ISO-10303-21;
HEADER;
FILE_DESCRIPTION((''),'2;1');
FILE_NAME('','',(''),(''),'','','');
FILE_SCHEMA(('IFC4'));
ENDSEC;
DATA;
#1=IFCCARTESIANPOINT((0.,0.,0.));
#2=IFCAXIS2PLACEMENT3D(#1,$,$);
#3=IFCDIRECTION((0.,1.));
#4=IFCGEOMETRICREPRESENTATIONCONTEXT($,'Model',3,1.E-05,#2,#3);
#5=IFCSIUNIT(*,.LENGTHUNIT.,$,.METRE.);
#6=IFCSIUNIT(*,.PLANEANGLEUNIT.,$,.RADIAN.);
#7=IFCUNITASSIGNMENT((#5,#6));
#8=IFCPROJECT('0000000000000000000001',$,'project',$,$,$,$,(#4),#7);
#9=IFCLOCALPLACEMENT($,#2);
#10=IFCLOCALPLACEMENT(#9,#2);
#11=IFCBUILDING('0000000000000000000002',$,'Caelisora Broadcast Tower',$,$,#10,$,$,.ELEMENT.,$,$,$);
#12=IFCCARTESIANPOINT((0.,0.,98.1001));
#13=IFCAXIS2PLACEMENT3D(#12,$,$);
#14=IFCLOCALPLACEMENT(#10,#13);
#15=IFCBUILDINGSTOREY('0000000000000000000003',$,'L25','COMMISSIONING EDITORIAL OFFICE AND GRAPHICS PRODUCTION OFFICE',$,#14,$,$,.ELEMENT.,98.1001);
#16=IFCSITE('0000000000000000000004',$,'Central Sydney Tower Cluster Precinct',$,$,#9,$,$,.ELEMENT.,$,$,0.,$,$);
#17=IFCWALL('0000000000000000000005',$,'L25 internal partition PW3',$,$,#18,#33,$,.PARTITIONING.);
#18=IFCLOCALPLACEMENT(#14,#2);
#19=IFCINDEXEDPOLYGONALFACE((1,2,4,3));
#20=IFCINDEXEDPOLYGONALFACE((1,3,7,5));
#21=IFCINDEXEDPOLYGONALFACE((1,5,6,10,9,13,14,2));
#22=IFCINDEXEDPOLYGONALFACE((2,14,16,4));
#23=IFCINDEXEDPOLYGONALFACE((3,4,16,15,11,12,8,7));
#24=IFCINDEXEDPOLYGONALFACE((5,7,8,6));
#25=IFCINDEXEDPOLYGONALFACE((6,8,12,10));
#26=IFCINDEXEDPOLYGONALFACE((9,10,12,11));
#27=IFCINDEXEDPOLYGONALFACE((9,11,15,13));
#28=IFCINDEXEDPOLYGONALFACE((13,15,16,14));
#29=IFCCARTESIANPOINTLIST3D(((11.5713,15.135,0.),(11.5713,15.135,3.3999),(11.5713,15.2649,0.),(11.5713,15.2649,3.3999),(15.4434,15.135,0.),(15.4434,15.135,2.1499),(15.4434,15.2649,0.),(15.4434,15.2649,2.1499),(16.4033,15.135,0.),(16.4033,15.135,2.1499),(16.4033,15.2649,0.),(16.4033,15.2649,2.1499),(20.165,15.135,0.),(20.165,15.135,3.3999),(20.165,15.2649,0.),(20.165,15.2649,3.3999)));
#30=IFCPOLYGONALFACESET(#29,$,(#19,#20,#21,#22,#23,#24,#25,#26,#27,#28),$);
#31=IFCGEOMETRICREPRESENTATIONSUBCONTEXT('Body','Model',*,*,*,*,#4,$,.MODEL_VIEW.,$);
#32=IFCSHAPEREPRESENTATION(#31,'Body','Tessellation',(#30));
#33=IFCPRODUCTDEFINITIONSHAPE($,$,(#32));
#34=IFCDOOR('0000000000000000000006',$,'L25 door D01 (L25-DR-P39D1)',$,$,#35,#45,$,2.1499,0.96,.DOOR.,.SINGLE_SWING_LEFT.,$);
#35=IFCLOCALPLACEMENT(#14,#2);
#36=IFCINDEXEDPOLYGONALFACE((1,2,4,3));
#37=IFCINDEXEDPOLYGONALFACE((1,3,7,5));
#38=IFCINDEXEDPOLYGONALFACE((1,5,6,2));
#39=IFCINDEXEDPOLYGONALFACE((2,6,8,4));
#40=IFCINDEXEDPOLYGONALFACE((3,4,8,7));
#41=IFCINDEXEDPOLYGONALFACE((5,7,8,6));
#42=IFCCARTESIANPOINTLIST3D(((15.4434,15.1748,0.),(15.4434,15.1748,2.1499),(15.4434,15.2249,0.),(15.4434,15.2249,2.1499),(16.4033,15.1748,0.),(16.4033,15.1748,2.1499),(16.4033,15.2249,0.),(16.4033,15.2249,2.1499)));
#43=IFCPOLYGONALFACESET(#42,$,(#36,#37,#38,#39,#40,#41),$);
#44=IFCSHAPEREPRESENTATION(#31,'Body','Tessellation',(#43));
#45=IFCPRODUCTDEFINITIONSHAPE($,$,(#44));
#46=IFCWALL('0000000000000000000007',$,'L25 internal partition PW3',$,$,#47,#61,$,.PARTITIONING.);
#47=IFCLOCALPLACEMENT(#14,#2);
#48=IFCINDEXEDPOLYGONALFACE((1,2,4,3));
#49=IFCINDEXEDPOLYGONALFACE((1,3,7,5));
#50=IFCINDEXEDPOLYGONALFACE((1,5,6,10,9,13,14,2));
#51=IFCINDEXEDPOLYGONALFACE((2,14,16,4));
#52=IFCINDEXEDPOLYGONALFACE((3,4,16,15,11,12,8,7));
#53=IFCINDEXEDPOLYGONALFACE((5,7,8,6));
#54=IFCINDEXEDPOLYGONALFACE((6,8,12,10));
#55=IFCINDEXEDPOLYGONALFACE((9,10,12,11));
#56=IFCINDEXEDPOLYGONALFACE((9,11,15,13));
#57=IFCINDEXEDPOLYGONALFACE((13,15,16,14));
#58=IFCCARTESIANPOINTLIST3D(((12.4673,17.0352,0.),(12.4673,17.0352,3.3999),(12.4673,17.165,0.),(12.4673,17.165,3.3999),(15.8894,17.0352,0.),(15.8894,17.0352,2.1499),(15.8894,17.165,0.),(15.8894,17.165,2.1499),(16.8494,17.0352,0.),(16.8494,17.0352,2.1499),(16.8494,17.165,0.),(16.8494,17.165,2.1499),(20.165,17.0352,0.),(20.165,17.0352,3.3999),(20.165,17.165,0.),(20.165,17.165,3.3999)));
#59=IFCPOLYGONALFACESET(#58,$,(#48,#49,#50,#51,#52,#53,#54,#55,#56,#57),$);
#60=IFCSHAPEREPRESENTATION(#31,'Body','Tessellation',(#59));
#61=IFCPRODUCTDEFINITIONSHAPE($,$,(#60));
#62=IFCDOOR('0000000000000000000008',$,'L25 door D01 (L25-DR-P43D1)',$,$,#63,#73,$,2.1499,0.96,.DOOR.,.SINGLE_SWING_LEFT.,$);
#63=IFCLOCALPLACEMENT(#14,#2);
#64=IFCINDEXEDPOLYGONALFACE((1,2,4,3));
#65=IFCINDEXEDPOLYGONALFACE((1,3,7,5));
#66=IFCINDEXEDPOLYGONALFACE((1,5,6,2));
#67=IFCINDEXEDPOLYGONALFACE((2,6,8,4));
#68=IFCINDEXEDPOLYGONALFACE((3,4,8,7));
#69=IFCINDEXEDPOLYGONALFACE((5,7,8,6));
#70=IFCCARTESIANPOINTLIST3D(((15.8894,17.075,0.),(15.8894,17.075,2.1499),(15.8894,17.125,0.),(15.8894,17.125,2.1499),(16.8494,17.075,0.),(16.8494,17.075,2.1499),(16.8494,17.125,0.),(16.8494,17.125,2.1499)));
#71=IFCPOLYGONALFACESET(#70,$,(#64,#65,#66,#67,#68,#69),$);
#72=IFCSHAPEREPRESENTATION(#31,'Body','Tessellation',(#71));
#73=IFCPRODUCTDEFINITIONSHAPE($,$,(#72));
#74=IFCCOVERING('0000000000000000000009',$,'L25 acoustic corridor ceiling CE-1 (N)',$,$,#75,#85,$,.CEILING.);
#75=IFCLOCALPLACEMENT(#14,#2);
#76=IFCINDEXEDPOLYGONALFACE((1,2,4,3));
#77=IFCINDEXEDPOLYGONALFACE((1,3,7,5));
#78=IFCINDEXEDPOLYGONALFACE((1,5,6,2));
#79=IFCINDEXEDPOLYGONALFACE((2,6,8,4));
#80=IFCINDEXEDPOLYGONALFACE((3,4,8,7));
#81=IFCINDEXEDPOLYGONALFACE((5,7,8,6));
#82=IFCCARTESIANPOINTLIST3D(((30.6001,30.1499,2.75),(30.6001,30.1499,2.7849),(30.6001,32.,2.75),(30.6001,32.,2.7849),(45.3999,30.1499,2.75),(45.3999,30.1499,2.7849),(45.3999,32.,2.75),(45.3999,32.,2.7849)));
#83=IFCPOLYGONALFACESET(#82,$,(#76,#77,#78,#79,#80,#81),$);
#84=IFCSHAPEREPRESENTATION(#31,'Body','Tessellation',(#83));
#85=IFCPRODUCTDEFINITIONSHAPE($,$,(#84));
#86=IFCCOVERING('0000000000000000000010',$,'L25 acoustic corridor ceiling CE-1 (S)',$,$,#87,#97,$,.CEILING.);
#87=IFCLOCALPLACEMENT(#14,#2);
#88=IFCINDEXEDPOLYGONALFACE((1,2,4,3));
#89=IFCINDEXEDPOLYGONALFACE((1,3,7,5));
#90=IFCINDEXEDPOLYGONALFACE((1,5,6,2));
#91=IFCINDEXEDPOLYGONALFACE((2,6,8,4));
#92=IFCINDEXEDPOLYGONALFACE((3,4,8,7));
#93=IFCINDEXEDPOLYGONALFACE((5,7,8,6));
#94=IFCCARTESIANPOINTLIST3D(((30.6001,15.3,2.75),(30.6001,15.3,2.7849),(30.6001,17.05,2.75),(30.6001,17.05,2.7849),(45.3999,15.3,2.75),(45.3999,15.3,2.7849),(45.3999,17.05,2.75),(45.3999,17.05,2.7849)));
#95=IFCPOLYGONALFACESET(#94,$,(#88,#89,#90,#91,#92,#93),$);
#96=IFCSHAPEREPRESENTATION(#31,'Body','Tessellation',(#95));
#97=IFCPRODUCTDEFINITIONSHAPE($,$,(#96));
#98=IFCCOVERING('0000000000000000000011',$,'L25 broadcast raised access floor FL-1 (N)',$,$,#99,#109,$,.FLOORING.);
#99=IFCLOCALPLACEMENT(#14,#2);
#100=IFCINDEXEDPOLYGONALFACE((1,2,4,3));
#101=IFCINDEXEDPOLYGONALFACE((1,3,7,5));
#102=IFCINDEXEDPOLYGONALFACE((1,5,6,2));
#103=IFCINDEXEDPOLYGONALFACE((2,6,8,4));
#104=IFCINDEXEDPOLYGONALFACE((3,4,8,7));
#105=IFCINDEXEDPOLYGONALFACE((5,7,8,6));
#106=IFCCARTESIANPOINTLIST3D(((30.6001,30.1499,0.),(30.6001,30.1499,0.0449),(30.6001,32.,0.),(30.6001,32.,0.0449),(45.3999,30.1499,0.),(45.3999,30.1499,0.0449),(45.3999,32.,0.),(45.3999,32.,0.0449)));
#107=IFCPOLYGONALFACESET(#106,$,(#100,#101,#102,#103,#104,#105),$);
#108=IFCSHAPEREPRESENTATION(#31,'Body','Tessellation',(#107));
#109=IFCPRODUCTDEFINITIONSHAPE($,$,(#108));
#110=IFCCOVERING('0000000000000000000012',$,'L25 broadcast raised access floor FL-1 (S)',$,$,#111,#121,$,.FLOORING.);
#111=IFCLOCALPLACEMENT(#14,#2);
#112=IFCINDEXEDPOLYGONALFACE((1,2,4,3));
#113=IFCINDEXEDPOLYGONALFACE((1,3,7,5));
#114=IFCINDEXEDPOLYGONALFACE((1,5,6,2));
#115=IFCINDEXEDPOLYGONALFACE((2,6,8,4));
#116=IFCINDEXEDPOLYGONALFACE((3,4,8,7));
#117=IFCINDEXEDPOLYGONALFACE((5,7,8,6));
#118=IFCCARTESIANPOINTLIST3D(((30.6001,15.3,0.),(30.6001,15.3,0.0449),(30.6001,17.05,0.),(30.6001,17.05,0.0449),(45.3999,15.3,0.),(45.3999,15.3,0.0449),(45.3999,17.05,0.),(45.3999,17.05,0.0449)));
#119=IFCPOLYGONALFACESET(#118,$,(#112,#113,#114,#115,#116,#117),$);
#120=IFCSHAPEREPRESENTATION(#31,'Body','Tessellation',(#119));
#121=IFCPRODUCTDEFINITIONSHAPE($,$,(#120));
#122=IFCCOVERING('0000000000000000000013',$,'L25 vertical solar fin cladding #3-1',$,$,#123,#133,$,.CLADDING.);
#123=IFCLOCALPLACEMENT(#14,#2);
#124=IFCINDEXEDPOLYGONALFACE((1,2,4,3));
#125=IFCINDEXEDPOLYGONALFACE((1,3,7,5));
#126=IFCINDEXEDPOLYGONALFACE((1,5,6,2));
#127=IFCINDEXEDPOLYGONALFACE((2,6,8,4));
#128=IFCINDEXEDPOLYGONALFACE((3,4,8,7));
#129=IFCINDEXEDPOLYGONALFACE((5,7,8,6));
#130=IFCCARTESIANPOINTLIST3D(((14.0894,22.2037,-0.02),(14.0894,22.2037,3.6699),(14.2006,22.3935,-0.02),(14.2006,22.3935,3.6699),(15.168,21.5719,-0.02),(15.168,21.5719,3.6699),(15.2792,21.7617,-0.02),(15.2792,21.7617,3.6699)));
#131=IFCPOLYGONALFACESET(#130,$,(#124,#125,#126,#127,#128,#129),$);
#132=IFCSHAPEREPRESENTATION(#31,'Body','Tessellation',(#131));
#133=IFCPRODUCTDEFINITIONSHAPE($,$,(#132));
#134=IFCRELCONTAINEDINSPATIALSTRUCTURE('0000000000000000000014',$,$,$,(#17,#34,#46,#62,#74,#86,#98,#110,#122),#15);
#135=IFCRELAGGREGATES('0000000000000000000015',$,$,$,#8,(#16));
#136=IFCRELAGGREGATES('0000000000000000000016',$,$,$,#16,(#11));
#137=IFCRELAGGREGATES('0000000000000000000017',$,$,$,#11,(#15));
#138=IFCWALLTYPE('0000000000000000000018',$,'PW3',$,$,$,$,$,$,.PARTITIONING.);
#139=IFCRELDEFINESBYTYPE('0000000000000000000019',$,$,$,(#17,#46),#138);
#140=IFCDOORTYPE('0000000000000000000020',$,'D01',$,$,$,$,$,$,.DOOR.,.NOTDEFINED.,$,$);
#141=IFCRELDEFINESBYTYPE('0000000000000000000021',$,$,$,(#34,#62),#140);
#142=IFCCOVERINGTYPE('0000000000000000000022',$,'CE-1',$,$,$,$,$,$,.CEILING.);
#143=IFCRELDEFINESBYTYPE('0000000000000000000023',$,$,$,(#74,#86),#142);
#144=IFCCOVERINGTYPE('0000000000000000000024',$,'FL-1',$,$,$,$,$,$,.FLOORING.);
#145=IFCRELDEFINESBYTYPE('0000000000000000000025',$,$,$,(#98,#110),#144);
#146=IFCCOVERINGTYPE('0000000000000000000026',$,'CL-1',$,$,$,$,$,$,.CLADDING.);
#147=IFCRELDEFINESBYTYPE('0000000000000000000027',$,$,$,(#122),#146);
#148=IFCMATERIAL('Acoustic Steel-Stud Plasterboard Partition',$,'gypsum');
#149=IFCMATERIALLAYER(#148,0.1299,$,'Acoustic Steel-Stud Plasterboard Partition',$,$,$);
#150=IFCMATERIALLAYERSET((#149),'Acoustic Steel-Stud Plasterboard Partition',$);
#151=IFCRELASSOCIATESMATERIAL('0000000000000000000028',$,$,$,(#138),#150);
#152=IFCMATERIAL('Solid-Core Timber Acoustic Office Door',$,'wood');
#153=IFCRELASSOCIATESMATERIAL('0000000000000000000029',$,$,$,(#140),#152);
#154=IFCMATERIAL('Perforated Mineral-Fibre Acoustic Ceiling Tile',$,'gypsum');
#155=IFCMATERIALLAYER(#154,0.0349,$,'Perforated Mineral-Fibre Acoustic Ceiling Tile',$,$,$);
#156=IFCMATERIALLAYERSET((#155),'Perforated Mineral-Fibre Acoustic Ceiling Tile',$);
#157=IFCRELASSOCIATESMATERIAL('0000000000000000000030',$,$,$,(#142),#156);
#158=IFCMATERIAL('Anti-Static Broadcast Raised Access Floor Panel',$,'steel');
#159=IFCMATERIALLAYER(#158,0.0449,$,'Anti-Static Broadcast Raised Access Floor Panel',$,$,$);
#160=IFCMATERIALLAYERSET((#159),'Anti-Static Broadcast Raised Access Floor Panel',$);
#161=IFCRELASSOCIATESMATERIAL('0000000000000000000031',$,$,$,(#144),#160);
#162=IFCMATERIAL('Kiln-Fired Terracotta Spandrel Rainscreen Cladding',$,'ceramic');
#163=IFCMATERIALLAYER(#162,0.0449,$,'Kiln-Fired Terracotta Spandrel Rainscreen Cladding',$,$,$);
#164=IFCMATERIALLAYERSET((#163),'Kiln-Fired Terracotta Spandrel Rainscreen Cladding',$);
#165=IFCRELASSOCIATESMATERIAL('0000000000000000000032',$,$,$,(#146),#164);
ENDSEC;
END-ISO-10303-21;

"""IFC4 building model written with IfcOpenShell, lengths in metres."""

from ifc_helpers import new_model, si_unit, direction, frame, frame_2d, origin, origin_2d, place, context, subcontext, project, spatial, polyline, rectangle, outline, extrude, source, transform, mapped, material, layer, layer_set, type_object, type_shapes, element, fill, save


model = new_model("IFC4")

# Units and contexts
model_context = context("Model", 3, precision=1e-05, world=origin(), true_north=direction((0.0, 1.0)))
body_context = subcontext(model_context, "Body", "Model", "MODEL_VIEW")
ifc_project = project(units=[si_unit("LENGTHUNIT", "METRE"), si_unit("PLANEANGLEUNIT", "RADIAN")], contexts=[model_context])

# Site, building, storey
site_placement = place(None, origin())
site = spatial("IfcSite", under=ifc_project, at=site_placement, Name="Central Sydney Tower Cluster Precinct", CompositionType="ELEMENT", RefElevation=0.0)
building_placement = place(site_placement, origin())
building = spatial("IfcBuilding", under=site, at=building_placement, Name="Caelisora Broadcast Tower", CompositionType="ELEMENT")
storey_placement = place(building_placement, frame((0.0, 0.0, 98.1001)))
storey = spatial("IfcBuildingStorey", under=building, at=storey_placement, Name="L25", Description="COMMISSIONING EDITORIAL OFFICE AND GRAPHICS PRODUCTION OFFICE", CompositionType="ELEMENT", Elevation=98.1001)

# Walls, openings, doors
ifc_material_1 = material(Name="Acoustic Steel-Stud Plasterboard Partition", Category="gypsum")
ifc_layer_1 = layer(ifc_material_1, 0.1299, Name="Acoustic Steel-Stud Plasterboard Partition")
ifc_layer_set_1 = layer_set([ifc_layer_1], Name="Acoustic Steel-Stud Plasterboard Partition")
wall_type_1 = type_object("IfcWallType", Name="PW3", PredefinedType="PARTITIONING", material=ifc_layer_set_1)
wall_1_placement = place(storey_placement, frame((11.5713, 15.2, 0.0), z_axis=(0.0, 0.0, 1.0), x_axis=(1.0, 0.0, 0.0)))
wall_1 = element("IfcWall", 1, at=wall_1_placement, inside=storey, type_object=wall_type_1, Name="L25 internal partition PW3", PredefinedType="PARTITIONING", context=body_context, shape_type="SweptSolid", body=[
    extrude(rectangle(XDim=8.5938, YDim=0.1299, at=frame_2d((4.2969, 0.0))), origin(), (0.0, 0.0, 1.0), 3.3999),
])
opening_1_placement = place(wall_1_placement, frame((3.8721, 0.0, 0.0)))
opening_1 = element("IfcOpeningElement", 2, at=opening_1_placement, cuts=wall_1, PredefinedType="OPENING", context=body_context, shape_type="SweptSolid", body=[
    extrude(rectangle(XDim=0.96, YDim=2.1499, at=frame_2d((0.48, 1.075))), frame((0.0, 0.0769, 0.0), z_axis=(0.0, -1.0, 0.0), x_axis=(1.0, 0.0, 0.0)), (0.0, 0.0, 1.0), 0.1538),
])
ifc_material_2 = material(Name="Solid-Core Timber Acoustic Office Door", Category="wood")
door_type = type_object("IfcDoorType", Name="D01", OperationType="NOTDEFINED", PredefinedType="DOOR", material=ifc_material_2)
door_1_placement = place(opening_1_placement, origin())
door_1 = element("IfcDoor", 3, at=door_1_placement, inside=storey, type_object=door_type, Name="L25 door D01 (L25-DR-P39D1)", OperationType="SINGLE_SWING_LEFT", OverallHeight=2.1499, OverallWidth=0.96, PredefinedType="DOOR", context=body_context, shape_type="SweptSolid", body=[
    extrude(rectangle(XDim=0.96, YDim=2.1499, at=frame_2d((0.48, 1.075))), frame((0.0, 0.0249, 0.0), z_axis=(0.0, -1.0, 0.0), x_axis=(1.0, 0.0, 0.0)), (0.0, 0.0, 1.0), 0.05),
])
fill(opening_1, door_1)
wall_2_placement = place(storey_placement, frame((12.4673, 17.1001, 0.0), z_axis=(0.0, 0.0, 1.0), x_axis=(1.0, 0.0, 0.0)))
wall_2 = element("IfcWall", 4, at=wall_2_placement, inside=storey, type_object=wall_type_1, Name="L25 internal partition PW3", PredefinedType="PARTITIONING", context=body_context, shape_type="SweptSolid", body=[
    extrude(rectangle(XDim=7.6978, YDim=0.1299, at=frame_2d((3.8489, 0.0))), origin(), (0.0, 0.0, 1.0), 3.3999),
])
opening_2_placement = place(wall_2_placement, frame((3.4221, 0.0, 0.0)))
opening_2 = element("IfcOpeningElement", 5, at=opening_2_placement, cuts=wall_2, PredefinedType="OPENING", context=body_context, shape_type="SweptSolid", body=[
    extrude(rectangle(XDim=0.96, YDim=2.1499, at=frame_2d((0.48, 1.075))), frame((0.0, 0.0769, 0.0), z_axis=(0.0, -1.0, 0.0), x_axis=(1.0, 0.0, 0.0)), (0.0, 0.0, 1.0), 0.1538),
])
door_2_placement = place(opening_2_placement, origin())
door_2 = element("IfcDoor", 6, at=door_2_placement, inside=storey, type_object=door_type, Name="L25 door D01 (L25-DR-P43D1)", OperationType="SINGLE_SWING_LEFT", OverallHeight=2.1499, OverallWidth=0.96, PredefinedType="DOOR", context=body_context, shape_type="SweptSolid", body=[
    extrude(rectangle(XDim=0.96, YDim=2.1499, at=frame_2d((0.48, 1.075))), frame((0.0, 0.0249, 0.0), z_axis=(0.0, -1.0, 0.0), x_axis=(1.0, 0.0, 0.0)), (0.0, 0.0, 1.0), 0.05),
])
fill(opening_2, door_2)

# Coverings
ifc_material_3 = material(Name="Perforated Mineral-Fibre Acoustic Ceiling Tile", Category="gypsum")
ifc_layer_2 = layer(ifc_material_3, 0.0349, Name="Perforated Mineral-Fibre Acoustic Ceiling Tile")
ifc_layer_set_2 = layer_set([ifc_layer_2], Name="Perforated Mineral-Fibre Acoustic Ceiling Tile")
covering_type_1 = type_object("IfcCoveringType", Name="CE-1", PredefinedType="CEILING", material=ifc_layer_set_2)
covering_1_placement = place(storey_placement, frame((0.0, 0.0, 2.75)))
element("IfcCovering", 7, at=covering_1_placement, inside=storey, type_object=covering_type_1, Name="L25 acoustic corridor ceiling CE-1 (N)", PredefinedType="CEILING", context=body_context, shape_type="SweptSolid", body=[
    extrude(outline(polyline([(30.6001, 30.1499), (45.3999, 30.1499), (45.3999, 32.0), (30.6001, 32.0), (30.6001, 30.1499)])), origin(), (0.0, 0.0, 1.0), 0.0349),
])
covering_2_placement = place(storey_placement, frame((0.0, 0.0, 2.75)))
element("IfcCovering", 8, at=covering_2_placement, inside=storey, type_object=covering_type_1, Name="L25 acoustic corridor ceiling CE-1 (S)", PredefinedType="CEILING", context=body_context, shape_type="SweptSolid", body=[
    extrude(outline(polyline([(30.6001, 15.3), (45.3999, 15.3), (45.3999, 17.05), (30.6001, 17.05), (30.6001, 15.3)])), origin(), (0.0, 0.0, 1.0), 0.0349),
])
ifc_material_4 = material(Name="Anti-Static Broadcast Raised Access Floor Panel", Category="steel")
ifc_layer_3 = layer(ifc_material_4, 0.0449, Name="Anti-Static Broadcast Raised Access Floor Panel")
ifc_layer_set_3 = layer_set([ifc_layer_3], Name="Anti-Static Broadcast Raised Access Floor Panel")
covering_type_2 = type_object("IfcCoveringType", Name="FL-1", PredefinedType="FLOORING", material=ifc_layer_set_3)
covering_3_placement = place(storey_placement, origin())
element("IfcCovering", 9, at=covering_3_placement, inside=storey, type_object=covering_type_2, Name="L25 broadcast raised access floor FL-1 (N)", PredefinedType="FLOORING", context=body_context, shape_type="SweptSolid", body=[
    extrude(outline(polyline([(30.6001, 30.1499), (45.3999, 30.1499), (45.3999, 32.0), (30.6001, 32.0), (30.6001, 30.1499)])), origin(), (0.0, 0.0, 1.0), 0.0449),
])
covering_4_placement = place(storey_placement, origin())
element("IfcCovering", 10, at=covering_4_placement, inside=storey, type_object=covering_type_2, Name="L25 broadcast raised access floor FL-1 (S)", PredefinedType="FLOORING", context=body_context, shape_type="SweptSolid", body=[
    extrude(outline(polyline([(30.6001, 15.3), (45.3999, 15.3), (45.3999, 17.05), (30.6001, 17.05), (30.6001, 15.3)])), origin(), (0.0, 0.0, 1.0), 0.0449),
])
ifc_material_5 = material(Name="Kiln-Fired Terracotta Spandrel Rainscreen Cladding", Category="ceramic")
ifc_layer_4 = layer(ifc_material_5, 0.0449, Name="Kiln-Fired Terracotta Spandrel Rainscreen Cladding")
ifc_layer_set_4 = layer_set([ifc_layer_4], Name="Kiln-Fired Terracotta Spandrel Rainscreen Cladding")
covering_type_3 = type_object("IfcCoveringType", Name="CL-1", PredefinedType="CLADDING", material=ifc_layer_set_4)
shared_shape_1 = source(origin(), body_context, "Body", "SweptSolid", [
    extrude(rectangle(XDim=0.22, YDim=1.25, at=origin_2d()), origin(), (0.0, 0.0, 1.0), 3.6899),
])
type_shapes(covering_type_3, [shared_shape_1])
covering_5_placement = place(storey_placement, frame((14.6843, 21.9827, -0.02), z_axis=(0.0, 0.0, 1.0), x_axis=(0.505431, 0.862867, 0.0)))
element("IfcCovering", 11, at=covering_5_placement, inside=storey, type_object=covering_type_3, Name="L25 vertical solar fin cladding #3-1", PredefinedType="CLADDING", context=body_context, shape_type="MappedRepresentation", body=[
    mapped(shared_shape_1, transform((0.0, 0.0, 0.0), scale=1.0)),
])

save(model, "model.ifc")
